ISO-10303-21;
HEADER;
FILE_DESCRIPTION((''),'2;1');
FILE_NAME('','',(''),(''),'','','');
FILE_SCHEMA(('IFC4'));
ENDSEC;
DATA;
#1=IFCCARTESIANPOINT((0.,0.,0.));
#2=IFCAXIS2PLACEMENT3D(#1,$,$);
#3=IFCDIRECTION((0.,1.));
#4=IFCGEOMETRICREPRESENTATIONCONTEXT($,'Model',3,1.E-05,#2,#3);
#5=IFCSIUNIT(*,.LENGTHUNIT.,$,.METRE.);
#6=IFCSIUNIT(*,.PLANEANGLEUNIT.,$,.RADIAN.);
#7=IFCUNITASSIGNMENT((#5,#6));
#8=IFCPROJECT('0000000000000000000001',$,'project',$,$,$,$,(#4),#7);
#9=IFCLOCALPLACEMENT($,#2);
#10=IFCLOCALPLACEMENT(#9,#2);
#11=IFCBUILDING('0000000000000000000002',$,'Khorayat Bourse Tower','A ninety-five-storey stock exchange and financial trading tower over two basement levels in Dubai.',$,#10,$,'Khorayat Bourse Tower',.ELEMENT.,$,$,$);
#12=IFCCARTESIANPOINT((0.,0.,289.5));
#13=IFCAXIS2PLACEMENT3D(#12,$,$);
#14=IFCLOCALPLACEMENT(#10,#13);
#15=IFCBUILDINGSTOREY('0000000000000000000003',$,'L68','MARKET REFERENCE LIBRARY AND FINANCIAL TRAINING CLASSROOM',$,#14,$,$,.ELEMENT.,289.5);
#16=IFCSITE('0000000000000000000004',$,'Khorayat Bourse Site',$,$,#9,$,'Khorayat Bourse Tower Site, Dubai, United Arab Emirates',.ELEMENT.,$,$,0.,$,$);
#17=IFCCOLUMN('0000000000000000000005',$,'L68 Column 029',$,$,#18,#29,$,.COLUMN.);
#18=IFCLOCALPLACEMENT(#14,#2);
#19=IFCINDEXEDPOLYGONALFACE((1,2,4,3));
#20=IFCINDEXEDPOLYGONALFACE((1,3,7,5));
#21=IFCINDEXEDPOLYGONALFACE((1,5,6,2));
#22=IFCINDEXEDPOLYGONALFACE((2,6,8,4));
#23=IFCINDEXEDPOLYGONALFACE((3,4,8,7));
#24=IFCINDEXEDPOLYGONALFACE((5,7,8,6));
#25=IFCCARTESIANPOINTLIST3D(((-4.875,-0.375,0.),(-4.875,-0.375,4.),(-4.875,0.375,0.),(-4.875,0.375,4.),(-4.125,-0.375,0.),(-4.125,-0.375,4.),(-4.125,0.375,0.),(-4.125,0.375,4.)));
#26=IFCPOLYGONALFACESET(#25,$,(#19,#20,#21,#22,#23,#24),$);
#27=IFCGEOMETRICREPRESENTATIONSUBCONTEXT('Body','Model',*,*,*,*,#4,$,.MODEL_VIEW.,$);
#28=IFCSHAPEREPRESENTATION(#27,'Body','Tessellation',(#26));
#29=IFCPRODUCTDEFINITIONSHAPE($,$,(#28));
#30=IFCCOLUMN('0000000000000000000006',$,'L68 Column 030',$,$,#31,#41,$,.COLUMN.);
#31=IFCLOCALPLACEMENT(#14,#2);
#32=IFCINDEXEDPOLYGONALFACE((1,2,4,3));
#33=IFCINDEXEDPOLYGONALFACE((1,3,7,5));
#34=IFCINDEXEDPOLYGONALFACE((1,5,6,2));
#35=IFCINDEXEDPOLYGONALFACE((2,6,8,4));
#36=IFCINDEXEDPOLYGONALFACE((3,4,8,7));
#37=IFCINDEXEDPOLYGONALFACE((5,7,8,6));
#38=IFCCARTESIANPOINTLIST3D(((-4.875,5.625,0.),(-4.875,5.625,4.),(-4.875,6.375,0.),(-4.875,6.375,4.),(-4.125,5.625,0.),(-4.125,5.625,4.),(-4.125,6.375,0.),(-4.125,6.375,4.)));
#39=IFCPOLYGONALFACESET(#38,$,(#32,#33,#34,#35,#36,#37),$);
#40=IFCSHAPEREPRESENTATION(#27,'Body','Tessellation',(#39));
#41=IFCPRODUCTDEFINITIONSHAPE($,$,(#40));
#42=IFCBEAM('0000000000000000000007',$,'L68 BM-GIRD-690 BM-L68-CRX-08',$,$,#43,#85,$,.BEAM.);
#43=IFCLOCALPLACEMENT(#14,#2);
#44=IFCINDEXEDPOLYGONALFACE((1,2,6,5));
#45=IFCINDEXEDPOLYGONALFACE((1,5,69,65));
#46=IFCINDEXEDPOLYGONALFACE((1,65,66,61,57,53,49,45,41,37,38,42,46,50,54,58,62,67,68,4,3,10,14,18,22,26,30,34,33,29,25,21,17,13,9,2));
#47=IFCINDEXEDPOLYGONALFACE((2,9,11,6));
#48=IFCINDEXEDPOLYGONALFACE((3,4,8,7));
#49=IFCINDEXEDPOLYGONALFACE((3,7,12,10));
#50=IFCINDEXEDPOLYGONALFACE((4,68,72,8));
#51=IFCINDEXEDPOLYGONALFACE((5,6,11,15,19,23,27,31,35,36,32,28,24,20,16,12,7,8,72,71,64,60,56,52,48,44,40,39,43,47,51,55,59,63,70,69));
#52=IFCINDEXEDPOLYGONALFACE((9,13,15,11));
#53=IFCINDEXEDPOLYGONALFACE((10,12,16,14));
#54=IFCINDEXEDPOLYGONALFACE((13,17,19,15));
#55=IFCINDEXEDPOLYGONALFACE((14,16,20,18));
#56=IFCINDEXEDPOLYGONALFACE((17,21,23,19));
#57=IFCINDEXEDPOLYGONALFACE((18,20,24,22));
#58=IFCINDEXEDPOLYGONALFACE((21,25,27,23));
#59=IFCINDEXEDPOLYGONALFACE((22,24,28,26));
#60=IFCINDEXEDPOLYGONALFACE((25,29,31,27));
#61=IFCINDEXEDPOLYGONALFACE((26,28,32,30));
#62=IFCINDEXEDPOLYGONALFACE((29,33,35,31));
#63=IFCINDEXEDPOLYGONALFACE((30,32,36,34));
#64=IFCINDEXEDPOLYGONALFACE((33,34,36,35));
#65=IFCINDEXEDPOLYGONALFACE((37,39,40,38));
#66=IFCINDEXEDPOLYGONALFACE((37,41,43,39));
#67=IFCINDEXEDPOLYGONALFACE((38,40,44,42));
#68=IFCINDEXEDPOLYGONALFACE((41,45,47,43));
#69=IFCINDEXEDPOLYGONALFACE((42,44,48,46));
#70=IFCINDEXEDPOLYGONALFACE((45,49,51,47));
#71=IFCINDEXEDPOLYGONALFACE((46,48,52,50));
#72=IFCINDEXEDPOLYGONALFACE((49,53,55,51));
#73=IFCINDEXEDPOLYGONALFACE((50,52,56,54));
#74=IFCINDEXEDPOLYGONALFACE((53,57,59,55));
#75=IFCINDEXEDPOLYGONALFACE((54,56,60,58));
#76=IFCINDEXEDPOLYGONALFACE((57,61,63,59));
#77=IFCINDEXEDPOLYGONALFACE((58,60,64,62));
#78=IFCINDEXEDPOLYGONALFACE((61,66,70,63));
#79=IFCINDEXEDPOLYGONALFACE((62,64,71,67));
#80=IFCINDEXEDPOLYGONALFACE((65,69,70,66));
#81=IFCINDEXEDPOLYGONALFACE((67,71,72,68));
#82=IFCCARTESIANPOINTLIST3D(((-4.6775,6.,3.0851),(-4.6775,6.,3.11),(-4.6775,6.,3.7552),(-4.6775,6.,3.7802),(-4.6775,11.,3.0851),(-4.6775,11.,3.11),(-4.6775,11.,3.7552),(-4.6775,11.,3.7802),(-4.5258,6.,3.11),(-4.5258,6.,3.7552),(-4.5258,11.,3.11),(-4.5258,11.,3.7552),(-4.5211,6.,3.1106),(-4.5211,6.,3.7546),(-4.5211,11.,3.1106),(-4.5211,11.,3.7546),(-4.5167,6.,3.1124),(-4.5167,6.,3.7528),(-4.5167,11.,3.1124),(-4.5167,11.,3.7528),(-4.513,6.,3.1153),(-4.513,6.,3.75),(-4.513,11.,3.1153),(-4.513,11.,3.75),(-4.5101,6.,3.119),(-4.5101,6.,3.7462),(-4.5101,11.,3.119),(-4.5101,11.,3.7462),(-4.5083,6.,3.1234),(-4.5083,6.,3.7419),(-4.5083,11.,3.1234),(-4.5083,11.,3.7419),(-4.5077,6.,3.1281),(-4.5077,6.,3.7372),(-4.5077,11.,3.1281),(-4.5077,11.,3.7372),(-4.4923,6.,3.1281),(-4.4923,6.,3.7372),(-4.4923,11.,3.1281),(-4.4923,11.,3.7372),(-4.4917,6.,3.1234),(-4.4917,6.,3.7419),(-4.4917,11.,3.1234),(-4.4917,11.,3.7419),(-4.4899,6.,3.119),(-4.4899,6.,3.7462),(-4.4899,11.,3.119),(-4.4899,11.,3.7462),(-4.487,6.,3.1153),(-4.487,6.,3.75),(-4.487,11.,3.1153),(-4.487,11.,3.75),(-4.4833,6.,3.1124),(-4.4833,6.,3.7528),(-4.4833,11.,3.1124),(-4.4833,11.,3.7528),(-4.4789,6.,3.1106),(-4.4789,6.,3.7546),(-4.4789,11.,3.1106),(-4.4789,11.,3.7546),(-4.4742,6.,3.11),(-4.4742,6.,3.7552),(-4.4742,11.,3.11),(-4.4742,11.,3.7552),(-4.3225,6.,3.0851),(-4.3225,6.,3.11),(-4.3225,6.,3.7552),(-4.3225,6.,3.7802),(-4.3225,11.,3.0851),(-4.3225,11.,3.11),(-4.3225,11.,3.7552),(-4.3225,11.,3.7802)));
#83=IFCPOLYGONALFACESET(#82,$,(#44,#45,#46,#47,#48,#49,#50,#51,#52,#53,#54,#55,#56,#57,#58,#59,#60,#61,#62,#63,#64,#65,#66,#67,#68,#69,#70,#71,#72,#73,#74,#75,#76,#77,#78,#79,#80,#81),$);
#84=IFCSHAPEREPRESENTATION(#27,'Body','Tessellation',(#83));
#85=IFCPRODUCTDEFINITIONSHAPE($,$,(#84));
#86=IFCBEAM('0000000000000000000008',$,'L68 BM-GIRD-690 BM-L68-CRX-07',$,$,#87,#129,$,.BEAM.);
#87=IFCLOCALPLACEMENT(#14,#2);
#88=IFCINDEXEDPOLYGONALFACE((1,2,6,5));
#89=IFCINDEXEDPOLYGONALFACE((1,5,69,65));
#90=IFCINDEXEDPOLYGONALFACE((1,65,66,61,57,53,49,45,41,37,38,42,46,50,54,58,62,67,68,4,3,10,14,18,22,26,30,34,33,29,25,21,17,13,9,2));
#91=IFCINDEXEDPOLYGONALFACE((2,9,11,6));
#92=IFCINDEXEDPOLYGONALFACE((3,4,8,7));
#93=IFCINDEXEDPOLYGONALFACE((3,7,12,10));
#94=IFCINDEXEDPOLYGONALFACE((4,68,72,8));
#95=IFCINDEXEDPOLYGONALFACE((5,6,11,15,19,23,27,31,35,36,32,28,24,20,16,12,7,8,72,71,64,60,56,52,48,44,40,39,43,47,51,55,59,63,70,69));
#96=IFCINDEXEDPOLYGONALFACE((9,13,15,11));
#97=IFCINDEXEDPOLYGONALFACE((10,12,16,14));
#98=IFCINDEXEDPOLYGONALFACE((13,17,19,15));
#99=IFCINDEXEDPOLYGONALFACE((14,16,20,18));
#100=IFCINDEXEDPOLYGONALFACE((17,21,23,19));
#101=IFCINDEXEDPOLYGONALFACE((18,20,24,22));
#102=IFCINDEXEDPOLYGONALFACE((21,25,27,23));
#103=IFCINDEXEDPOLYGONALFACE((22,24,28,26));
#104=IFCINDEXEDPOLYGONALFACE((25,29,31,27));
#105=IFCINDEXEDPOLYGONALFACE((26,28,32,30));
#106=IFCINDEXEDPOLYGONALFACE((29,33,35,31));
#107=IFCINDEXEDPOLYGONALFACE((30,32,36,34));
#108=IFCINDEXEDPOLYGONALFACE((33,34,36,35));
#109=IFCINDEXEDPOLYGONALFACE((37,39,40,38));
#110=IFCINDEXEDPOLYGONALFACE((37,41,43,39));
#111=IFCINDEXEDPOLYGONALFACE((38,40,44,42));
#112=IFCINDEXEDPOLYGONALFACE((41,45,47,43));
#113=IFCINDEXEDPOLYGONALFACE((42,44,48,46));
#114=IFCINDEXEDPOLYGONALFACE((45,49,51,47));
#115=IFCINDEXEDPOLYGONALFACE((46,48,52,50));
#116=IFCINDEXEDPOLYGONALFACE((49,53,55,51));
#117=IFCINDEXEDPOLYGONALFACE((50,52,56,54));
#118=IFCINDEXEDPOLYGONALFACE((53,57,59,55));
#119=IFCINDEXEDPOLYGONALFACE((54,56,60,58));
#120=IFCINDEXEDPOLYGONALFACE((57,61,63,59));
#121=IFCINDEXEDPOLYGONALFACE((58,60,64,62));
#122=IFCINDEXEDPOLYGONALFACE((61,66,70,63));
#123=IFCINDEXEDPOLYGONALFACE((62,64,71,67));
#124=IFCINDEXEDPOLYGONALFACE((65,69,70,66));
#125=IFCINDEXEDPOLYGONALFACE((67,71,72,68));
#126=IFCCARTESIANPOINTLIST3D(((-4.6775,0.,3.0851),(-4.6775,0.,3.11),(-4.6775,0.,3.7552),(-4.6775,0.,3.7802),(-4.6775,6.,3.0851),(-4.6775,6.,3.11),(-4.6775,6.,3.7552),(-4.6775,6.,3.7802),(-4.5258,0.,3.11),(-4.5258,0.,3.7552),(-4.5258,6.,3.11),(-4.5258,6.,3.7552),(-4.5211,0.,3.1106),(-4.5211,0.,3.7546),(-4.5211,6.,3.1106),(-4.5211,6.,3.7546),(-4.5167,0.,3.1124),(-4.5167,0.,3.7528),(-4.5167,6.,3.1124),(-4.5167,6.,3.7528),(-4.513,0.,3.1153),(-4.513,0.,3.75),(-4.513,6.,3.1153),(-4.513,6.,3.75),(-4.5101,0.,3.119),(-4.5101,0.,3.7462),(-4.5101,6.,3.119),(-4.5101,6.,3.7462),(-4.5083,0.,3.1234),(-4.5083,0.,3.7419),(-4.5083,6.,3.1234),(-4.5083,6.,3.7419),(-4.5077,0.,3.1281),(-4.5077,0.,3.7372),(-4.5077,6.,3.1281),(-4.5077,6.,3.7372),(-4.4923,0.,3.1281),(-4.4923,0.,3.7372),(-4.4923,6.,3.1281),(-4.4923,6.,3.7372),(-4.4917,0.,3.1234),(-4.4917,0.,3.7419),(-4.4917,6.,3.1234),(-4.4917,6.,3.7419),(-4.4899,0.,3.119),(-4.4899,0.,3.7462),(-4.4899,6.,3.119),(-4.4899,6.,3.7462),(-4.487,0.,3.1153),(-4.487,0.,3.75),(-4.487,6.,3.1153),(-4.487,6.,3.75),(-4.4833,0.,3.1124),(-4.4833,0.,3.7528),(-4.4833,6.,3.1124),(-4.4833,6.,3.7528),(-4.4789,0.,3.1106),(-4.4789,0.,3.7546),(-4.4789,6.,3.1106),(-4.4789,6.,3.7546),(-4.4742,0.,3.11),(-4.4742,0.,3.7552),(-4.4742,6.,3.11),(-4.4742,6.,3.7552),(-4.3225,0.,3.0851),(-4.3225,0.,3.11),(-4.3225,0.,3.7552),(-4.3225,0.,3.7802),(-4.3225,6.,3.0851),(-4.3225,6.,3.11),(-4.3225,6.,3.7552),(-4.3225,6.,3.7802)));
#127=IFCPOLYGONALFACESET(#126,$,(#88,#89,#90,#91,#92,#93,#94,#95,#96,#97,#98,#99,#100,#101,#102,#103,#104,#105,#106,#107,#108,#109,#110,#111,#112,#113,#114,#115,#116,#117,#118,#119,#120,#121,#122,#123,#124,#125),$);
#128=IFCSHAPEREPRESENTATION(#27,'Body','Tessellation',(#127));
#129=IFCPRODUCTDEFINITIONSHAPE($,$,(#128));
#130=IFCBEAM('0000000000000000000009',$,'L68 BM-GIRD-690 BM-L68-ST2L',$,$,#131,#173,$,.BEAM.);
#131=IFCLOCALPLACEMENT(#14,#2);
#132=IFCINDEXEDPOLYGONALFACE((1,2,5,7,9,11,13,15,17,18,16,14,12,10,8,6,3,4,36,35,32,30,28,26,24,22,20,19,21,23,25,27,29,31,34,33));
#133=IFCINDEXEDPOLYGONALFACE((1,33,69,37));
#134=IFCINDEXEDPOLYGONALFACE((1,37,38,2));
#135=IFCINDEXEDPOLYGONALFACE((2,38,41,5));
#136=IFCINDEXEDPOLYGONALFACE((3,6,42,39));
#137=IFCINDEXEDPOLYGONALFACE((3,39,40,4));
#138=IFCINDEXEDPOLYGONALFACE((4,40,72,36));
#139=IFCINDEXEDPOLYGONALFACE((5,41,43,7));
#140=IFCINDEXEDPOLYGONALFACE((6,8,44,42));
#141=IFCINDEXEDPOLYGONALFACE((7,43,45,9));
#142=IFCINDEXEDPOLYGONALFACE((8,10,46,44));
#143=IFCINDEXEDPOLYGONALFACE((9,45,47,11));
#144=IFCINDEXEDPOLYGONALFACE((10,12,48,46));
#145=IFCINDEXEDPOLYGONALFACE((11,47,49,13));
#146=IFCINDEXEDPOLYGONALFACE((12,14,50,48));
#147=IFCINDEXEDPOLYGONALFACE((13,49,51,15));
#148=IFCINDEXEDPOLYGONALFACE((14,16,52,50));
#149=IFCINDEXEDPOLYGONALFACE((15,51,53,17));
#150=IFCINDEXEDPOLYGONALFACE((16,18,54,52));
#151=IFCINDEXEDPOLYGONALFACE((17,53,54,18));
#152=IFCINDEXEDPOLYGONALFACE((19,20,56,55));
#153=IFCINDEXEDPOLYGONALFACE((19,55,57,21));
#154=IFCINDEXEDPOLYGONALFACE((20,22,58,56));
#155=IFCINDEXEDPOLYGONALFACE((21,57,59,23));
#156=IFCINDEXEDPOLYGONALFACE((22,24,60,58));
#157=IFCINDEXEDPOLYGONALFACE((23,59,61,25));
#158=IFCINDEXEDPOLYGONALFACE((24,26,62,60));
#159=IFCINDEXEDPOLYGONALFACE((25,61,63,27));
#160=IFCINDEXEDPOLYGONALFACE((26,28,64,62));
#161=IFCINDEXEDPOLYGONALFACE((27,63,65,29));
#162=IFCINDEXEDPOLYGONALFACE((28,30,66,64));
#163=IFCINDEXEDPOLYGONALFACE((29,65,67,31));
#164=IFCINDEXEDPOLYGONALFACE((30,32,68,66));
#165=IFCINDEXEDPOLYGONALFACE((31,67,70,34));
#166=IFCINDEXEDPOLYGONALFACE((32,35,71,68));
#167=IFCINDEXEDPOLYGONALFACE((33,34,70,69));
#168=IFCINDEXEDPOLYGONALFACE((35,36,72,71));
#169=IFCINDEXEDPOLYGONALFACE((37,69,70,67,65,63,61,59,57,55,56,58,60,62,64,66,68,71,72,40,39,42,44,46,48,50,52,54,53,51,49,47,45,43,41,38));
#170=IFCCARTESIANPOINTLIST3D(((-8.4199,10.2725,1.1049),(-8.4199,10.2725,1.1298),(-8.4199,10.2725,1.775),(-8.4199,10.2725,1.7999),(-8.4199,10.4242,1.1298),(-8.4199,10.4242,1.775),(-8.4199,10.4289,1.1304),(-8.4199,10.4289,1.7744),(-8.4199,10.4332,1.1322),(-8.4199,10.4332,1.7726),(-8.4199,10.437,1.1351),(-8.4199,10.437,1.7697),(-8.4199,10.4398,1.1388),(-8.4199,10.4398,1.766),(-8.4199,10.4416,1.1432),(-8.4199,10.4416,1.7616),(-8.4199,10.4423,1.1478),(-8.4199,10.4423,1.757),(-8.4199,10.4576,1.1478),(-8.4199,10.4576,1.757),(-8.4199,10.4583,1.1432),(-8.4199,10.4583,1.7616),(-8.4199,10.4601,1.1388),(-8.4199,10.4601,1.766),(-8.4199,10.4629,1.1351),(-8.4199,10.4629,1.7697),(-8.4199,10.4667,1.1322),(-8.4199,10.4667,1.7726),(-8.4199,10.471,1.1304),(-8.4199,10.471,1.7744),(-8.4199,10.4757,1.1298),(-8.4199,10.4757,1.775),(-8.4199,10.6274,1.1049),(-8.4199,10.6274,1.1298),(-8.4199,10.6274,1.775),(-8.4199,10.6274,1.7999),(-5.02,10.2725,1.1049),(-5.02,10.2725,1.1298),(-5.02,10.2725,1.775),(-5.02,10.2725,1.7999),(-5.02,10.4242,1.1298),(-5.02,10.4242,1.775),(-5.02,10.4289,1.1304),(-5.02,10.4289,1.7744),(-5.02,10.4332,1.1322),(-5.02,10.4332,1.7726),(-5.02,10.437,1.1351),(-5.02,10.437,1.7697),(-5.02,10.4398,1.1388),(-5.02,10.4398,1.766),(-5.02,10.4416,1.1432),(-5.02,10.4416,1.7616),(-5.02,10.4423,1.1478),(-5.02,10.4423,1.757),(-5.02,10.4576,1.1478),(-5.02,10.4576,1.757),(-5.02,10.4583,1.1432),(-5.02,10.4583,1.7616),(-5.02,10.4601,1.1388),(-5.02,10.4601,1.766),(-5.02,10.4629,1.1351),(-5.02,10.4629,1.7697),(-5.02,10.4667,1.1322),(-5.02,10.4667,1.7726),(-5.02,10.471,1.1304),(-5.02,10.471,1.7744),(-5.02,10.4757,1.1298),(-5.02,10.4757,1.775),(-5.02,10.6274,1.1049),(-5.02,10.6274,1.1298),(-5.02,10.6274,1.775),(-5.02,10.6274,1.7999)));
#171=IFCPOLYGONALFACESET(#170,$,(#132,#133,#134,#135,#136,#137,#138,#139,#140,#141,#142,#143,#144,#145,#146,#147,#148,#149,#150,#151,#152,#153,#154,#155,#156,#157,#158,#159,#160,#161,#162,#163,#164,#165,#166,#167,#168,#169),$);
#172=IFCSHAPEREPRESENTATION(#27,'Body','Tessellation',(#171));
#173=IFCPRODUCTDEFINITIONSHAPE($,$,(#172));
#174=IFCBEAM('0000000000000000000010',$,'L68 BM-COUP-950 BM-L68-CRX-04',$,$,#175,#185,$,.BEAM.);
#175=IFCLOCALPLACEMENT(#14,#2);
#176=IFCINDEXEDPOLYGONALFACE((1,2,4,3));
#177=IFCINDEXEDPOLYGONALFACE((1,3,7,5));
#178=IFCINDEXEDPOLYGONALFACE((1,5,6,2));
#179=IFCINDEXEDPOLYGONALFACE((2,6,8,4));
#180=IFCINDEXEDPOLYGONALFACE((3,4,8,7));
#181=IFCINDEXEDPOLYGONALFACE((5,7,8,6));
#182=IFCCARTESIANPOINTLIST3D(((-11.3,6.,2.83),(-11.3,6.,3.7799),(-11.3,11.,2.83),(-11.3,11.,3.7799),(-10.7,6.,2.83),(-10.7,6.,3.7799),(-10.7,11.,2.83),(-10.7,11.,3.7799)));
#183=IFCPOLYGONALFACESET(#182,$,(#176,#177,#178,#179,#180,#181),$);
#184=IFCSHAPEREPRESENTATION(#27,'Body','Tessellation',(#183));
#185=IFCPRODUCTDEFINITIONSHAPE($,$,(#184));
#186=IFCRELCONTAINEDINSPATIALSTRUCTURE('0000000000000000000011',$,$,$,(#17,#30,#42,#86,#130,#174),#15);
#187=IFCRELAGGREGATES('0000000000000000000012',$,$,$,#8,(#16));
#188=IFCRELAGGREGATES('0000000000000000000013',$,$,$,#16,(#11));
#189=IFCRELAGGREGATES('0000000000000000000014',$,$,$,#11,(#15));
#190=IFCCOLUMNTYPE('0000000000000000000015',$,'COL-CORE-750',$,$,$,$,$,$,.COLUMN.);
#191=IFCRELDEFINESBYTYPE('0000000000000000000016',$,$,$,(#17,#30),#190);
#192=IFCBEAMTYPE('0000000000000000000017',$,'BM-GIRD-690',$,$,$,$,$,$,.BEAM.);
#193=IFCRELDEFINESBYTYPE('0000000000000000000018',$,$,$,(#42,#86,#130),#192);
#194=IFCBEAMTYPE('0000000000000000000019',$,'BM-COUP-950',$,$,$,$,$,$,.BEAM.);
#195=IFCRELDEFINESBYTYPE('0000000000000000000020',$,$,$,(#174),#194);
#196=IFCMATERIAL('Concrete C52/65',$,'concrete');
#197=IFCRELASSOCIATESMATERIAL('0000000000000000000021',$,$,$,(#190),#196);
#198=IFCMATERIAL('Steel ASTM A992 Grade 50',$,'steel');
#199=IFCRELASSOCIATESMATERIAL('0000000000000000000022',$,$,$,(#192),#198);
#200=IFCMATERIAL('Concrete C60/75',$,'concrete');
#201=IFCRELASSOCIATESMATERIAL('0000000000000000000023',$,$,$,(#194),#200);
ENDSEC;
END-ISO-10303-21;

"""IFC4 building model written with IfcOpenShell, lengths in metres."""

from ifc_helpers import new_model, si_unit, direction, frame, origin, origin_2d, place, context, subcontext, project, spatial, rectangle, i_section, extrude, source, transform, mapped, material, material_profile, profile_set, type_object, element, save


model = new_model("IFC4")

# Units and contexts
model_context = context("Model", 3, precision=1e-05, world=origin(), true_north=direction((0.0, 1.0)))
body_context = subcontext(model_context, "Body", "Model", "MODEL_VIEW")
ifc_project = project(units=[si_unit("LENGTHUNIT", "METRE"), si_unit("PLANEANGLEUNIT", "RADIAN")], contexts=[model_context])

# Site, building, storey
site_placement = place(None, origin())
site = spatial("IfcSite", under=ifc_project, at=site_placement, Name="Khorayat Bourse Site", LongName="Khorayat Bourse Tower Site, Dubai, United Arab Emirates", CompositionType="ELEMENT", RefElevation=0.0)
building_placement = place(site_placement, origin())
building = spatial("IfcBuilding", under=site, at=building_placement, Name="Khorayat Bourse Tower", Description="A ninety-five-storey stock exchange and financial trading tower over two basement levels in Dubai.", LongName="Khorayat Bourse Tower", CompositionType="ELEMENT")
storey_placement = place(building_placement, frame((0.0, 0.0, 289.5)))
storey = spatial("IfcBuildingStorey", under=building, at=storey_placement, Name="L68", Description="MARKET REFERENCE LIBRARY AND FINANCIAL TRAINING CLASSROOM", CompositionType="ELEMENT", Elevation=289.5)

# Columns
ifc_material_1 = material(Name="Concrete C52/65", Category="concrete")
ifc_material_profile_1 = material_profile(ifc_material_1, rectangle(XDim=0.75, YDim=0.75, at=origin_2d()), Name="RC 750x750")
ifc_profile_set_1 = profile_set([ifc_material_profile_1], Name="Concrete C52/65")
column_type = type_object("IfcColumnType", Name="COL-CORE-750", PredefinedType="COLUMN", material=ifc_profile_set_1)
shared_shape_1 = source(origin(), body_context, "Body", "SweptSolid", [
    extrude(rectangle(XDim=0.75, YDim=0.75, at=origin_2d()), origin(), (0.0, 0.0, 1.0), 4.0),
])
for number, where, z_axis, x_axis, name in (
    (1, (-4.5, 0.0, 0.0), (0.0, 0.0, 1.0), (1.0, 0.0, 0.0), "L68 Column 029"),
    (2, (-4.5, 6.0, 0.0), (0.0, 0.0, 1.0), (1.0, 0.0, 0.0), "L68 Column 030"),
):
    element("IfcColumn", number, at=place(storey_placement, frame(where, z_axis=z_axis, x_axis=x_axis)), inside=storey, type_object=column_type, Name=name, PredefinedType="COLUMN", context=body_context, shape_type="MappedRepresentation", body=[
        mapped(shared_shape_1, transform((0.0, 0.0, 0.0), scale=1.0)),
    ])

# Beams
ifc_material_2 = material(Name="Steel ASTM A992 Grade 50", Category="steel")
ifc_material_profile_2 = material_profile(ifc_material_2, i_section(OverallWidth=0.355, OverallDepth=0.6951, WebThickness=0.0154, FlangeThickness=0.0249, FilletRadius=0.0181, at=origin_2d()), Name="W690X217")
ifc_profile_set_2 = profile_set([ifc_material_profile_2], Name="Steel ASTM A992 Grade 50")
beam_type_1 = type_object("IfcBeamType", Name="BM-GIRD-690", PredefinedType="BEAM", material=ifc_profile_set_2)
shared_shape_2 = source(origin(), body_context, "Body", "SweptSolid", [
    extrude(i_section(OverallWidth=0.355, OverallDepth=0.6951, WebThickness=0.0154, FlangeThickness=0.0249, FilletRadius=0.0181, at=origin_2d()), origin(), (0.0, 0.0, 1.0), 5.0),
])
beam_1_placement = place(storey_placement, frame((-4.5, 6.0, 3.4326), z_axis=(0.0, 1.0, 0.0), x_axis=(-1.0, 0.0, 0.0)))
element("IfcBeam", 3, at=beam_1_placement, inside=storey, type_object=beam_type_1, Name="L68 BM-GIRD-690 BM-L68-CRX-08", PredefinedType="BEAM", context=body_context, shape_type="MappedRepresentation", body=[
    mapped(shared_shape_2, transform((0.0, 0.0, 0.0), scale=1.0)),
])
shared_shape_3 = source(origin(), body_context, "Body", "SweptSolid", [
    extrude(i_section(OverallWidth=0.355, OverallDepth=0.6951, WebThickness=0.0154, FlangeThickness=0.0249, FilletRadius=0.0181, at=origin_2d()), origin(), (0.0, 0.0, 1.0), 6.0),
])
beam_2_placement = place(storey_placement, frame((-4.5, 0.0, 3.4326), z_axis=(0.0, 1.0, 0.0), x_axis=(-1.0, 0.0, 0.0)))
element("IfcBeam", 4, at=beam_2_placement, inside=storey, type_object=beam_type_1, Name="L68 BM-GIRD-690 BM-L68-CRX-07", PredefinedType="BEAM", context=body_context, shape_type="MappedRepresentation", body=[
    mapped(shared_shape_3, transform((0.0, 0.0, 0.0), scale=1.0)),
])
shared_shape_4 = source(origin(), body_context, "Body", "SweptSolid", [
    extrude(i_section(OverallWidth=0.355, OverallDepth=0.6951, WebThickness=0.0154, FlangeThickness=0.0249, FilletRadius=0.0181, at=origin_2d()), origin(), (0.0, 0.0, 1.0), 3.3999),
])
beam_3_placement = place(storey_placement, frame((-8.4199, 10.45, 1.4524), z_axis=(1.0, 0.0, 0.0), x_axis=(0.0, 1.0, 0.0)))
element("IfcBeam", 5, at=beam_3_placement, inside=storey, type_object=beam_type_1, Name="L68 BM-GIRD-690 BM-L68-ST2L", PredefinedType="BEAM", context=body_context, shape_type="MappedRepresentation", body=[
    mapped(shared_shape_4, transform((0.0, 0.0, 0.0), scale=1.0)),
])
ifc_material_3 = material(Name="Concrete C60/75", Category="concrete")
ifc_material_profile_3 = material_profile(ifc_material_3, rectangle(XDim=0.6001, YDim=0.95, at=origin_2d()), Name="RC 600x950")
ifc_profile_set_3 = profile_set([ifc_material_profile_3], Name="Concrete C60/75")
beam_type_2 = type_object("IfcBeamType", Name="BM-COUP-950", PredefinedType="BEAM", material=ifc_profile_set_3)
shared_shape_5 = source(origin(), body_context, "Body", "SweptSolid", [
    extrude(rectangle(XDim=0.6001, YDim=0.95, at=origin_2d()), origin(), (0.0, 0.0, 1.0), 5.0),
])
beam_4_placement = place(storey_placement, frame((-11.0, 6.0, 3.3049), z_axis=(0.0, 1.0, 0.0), x_axis=(-1.0, 0.0, 0.0)))
element("IfcBeam", 6, at=beam_4_placement, inside=storey, type_object=beam_type_2, Name="L68 BM-COUP-950 BM-L68-CRX-04", PredefinedType="BEAM", context=body_context, shape_type="MappedRepresentation", body=[
    mapped(shared_shape_5, transform((0.0, 0.0, 0.0), scale=1.0)),
])

save(model, "model.ifc")
